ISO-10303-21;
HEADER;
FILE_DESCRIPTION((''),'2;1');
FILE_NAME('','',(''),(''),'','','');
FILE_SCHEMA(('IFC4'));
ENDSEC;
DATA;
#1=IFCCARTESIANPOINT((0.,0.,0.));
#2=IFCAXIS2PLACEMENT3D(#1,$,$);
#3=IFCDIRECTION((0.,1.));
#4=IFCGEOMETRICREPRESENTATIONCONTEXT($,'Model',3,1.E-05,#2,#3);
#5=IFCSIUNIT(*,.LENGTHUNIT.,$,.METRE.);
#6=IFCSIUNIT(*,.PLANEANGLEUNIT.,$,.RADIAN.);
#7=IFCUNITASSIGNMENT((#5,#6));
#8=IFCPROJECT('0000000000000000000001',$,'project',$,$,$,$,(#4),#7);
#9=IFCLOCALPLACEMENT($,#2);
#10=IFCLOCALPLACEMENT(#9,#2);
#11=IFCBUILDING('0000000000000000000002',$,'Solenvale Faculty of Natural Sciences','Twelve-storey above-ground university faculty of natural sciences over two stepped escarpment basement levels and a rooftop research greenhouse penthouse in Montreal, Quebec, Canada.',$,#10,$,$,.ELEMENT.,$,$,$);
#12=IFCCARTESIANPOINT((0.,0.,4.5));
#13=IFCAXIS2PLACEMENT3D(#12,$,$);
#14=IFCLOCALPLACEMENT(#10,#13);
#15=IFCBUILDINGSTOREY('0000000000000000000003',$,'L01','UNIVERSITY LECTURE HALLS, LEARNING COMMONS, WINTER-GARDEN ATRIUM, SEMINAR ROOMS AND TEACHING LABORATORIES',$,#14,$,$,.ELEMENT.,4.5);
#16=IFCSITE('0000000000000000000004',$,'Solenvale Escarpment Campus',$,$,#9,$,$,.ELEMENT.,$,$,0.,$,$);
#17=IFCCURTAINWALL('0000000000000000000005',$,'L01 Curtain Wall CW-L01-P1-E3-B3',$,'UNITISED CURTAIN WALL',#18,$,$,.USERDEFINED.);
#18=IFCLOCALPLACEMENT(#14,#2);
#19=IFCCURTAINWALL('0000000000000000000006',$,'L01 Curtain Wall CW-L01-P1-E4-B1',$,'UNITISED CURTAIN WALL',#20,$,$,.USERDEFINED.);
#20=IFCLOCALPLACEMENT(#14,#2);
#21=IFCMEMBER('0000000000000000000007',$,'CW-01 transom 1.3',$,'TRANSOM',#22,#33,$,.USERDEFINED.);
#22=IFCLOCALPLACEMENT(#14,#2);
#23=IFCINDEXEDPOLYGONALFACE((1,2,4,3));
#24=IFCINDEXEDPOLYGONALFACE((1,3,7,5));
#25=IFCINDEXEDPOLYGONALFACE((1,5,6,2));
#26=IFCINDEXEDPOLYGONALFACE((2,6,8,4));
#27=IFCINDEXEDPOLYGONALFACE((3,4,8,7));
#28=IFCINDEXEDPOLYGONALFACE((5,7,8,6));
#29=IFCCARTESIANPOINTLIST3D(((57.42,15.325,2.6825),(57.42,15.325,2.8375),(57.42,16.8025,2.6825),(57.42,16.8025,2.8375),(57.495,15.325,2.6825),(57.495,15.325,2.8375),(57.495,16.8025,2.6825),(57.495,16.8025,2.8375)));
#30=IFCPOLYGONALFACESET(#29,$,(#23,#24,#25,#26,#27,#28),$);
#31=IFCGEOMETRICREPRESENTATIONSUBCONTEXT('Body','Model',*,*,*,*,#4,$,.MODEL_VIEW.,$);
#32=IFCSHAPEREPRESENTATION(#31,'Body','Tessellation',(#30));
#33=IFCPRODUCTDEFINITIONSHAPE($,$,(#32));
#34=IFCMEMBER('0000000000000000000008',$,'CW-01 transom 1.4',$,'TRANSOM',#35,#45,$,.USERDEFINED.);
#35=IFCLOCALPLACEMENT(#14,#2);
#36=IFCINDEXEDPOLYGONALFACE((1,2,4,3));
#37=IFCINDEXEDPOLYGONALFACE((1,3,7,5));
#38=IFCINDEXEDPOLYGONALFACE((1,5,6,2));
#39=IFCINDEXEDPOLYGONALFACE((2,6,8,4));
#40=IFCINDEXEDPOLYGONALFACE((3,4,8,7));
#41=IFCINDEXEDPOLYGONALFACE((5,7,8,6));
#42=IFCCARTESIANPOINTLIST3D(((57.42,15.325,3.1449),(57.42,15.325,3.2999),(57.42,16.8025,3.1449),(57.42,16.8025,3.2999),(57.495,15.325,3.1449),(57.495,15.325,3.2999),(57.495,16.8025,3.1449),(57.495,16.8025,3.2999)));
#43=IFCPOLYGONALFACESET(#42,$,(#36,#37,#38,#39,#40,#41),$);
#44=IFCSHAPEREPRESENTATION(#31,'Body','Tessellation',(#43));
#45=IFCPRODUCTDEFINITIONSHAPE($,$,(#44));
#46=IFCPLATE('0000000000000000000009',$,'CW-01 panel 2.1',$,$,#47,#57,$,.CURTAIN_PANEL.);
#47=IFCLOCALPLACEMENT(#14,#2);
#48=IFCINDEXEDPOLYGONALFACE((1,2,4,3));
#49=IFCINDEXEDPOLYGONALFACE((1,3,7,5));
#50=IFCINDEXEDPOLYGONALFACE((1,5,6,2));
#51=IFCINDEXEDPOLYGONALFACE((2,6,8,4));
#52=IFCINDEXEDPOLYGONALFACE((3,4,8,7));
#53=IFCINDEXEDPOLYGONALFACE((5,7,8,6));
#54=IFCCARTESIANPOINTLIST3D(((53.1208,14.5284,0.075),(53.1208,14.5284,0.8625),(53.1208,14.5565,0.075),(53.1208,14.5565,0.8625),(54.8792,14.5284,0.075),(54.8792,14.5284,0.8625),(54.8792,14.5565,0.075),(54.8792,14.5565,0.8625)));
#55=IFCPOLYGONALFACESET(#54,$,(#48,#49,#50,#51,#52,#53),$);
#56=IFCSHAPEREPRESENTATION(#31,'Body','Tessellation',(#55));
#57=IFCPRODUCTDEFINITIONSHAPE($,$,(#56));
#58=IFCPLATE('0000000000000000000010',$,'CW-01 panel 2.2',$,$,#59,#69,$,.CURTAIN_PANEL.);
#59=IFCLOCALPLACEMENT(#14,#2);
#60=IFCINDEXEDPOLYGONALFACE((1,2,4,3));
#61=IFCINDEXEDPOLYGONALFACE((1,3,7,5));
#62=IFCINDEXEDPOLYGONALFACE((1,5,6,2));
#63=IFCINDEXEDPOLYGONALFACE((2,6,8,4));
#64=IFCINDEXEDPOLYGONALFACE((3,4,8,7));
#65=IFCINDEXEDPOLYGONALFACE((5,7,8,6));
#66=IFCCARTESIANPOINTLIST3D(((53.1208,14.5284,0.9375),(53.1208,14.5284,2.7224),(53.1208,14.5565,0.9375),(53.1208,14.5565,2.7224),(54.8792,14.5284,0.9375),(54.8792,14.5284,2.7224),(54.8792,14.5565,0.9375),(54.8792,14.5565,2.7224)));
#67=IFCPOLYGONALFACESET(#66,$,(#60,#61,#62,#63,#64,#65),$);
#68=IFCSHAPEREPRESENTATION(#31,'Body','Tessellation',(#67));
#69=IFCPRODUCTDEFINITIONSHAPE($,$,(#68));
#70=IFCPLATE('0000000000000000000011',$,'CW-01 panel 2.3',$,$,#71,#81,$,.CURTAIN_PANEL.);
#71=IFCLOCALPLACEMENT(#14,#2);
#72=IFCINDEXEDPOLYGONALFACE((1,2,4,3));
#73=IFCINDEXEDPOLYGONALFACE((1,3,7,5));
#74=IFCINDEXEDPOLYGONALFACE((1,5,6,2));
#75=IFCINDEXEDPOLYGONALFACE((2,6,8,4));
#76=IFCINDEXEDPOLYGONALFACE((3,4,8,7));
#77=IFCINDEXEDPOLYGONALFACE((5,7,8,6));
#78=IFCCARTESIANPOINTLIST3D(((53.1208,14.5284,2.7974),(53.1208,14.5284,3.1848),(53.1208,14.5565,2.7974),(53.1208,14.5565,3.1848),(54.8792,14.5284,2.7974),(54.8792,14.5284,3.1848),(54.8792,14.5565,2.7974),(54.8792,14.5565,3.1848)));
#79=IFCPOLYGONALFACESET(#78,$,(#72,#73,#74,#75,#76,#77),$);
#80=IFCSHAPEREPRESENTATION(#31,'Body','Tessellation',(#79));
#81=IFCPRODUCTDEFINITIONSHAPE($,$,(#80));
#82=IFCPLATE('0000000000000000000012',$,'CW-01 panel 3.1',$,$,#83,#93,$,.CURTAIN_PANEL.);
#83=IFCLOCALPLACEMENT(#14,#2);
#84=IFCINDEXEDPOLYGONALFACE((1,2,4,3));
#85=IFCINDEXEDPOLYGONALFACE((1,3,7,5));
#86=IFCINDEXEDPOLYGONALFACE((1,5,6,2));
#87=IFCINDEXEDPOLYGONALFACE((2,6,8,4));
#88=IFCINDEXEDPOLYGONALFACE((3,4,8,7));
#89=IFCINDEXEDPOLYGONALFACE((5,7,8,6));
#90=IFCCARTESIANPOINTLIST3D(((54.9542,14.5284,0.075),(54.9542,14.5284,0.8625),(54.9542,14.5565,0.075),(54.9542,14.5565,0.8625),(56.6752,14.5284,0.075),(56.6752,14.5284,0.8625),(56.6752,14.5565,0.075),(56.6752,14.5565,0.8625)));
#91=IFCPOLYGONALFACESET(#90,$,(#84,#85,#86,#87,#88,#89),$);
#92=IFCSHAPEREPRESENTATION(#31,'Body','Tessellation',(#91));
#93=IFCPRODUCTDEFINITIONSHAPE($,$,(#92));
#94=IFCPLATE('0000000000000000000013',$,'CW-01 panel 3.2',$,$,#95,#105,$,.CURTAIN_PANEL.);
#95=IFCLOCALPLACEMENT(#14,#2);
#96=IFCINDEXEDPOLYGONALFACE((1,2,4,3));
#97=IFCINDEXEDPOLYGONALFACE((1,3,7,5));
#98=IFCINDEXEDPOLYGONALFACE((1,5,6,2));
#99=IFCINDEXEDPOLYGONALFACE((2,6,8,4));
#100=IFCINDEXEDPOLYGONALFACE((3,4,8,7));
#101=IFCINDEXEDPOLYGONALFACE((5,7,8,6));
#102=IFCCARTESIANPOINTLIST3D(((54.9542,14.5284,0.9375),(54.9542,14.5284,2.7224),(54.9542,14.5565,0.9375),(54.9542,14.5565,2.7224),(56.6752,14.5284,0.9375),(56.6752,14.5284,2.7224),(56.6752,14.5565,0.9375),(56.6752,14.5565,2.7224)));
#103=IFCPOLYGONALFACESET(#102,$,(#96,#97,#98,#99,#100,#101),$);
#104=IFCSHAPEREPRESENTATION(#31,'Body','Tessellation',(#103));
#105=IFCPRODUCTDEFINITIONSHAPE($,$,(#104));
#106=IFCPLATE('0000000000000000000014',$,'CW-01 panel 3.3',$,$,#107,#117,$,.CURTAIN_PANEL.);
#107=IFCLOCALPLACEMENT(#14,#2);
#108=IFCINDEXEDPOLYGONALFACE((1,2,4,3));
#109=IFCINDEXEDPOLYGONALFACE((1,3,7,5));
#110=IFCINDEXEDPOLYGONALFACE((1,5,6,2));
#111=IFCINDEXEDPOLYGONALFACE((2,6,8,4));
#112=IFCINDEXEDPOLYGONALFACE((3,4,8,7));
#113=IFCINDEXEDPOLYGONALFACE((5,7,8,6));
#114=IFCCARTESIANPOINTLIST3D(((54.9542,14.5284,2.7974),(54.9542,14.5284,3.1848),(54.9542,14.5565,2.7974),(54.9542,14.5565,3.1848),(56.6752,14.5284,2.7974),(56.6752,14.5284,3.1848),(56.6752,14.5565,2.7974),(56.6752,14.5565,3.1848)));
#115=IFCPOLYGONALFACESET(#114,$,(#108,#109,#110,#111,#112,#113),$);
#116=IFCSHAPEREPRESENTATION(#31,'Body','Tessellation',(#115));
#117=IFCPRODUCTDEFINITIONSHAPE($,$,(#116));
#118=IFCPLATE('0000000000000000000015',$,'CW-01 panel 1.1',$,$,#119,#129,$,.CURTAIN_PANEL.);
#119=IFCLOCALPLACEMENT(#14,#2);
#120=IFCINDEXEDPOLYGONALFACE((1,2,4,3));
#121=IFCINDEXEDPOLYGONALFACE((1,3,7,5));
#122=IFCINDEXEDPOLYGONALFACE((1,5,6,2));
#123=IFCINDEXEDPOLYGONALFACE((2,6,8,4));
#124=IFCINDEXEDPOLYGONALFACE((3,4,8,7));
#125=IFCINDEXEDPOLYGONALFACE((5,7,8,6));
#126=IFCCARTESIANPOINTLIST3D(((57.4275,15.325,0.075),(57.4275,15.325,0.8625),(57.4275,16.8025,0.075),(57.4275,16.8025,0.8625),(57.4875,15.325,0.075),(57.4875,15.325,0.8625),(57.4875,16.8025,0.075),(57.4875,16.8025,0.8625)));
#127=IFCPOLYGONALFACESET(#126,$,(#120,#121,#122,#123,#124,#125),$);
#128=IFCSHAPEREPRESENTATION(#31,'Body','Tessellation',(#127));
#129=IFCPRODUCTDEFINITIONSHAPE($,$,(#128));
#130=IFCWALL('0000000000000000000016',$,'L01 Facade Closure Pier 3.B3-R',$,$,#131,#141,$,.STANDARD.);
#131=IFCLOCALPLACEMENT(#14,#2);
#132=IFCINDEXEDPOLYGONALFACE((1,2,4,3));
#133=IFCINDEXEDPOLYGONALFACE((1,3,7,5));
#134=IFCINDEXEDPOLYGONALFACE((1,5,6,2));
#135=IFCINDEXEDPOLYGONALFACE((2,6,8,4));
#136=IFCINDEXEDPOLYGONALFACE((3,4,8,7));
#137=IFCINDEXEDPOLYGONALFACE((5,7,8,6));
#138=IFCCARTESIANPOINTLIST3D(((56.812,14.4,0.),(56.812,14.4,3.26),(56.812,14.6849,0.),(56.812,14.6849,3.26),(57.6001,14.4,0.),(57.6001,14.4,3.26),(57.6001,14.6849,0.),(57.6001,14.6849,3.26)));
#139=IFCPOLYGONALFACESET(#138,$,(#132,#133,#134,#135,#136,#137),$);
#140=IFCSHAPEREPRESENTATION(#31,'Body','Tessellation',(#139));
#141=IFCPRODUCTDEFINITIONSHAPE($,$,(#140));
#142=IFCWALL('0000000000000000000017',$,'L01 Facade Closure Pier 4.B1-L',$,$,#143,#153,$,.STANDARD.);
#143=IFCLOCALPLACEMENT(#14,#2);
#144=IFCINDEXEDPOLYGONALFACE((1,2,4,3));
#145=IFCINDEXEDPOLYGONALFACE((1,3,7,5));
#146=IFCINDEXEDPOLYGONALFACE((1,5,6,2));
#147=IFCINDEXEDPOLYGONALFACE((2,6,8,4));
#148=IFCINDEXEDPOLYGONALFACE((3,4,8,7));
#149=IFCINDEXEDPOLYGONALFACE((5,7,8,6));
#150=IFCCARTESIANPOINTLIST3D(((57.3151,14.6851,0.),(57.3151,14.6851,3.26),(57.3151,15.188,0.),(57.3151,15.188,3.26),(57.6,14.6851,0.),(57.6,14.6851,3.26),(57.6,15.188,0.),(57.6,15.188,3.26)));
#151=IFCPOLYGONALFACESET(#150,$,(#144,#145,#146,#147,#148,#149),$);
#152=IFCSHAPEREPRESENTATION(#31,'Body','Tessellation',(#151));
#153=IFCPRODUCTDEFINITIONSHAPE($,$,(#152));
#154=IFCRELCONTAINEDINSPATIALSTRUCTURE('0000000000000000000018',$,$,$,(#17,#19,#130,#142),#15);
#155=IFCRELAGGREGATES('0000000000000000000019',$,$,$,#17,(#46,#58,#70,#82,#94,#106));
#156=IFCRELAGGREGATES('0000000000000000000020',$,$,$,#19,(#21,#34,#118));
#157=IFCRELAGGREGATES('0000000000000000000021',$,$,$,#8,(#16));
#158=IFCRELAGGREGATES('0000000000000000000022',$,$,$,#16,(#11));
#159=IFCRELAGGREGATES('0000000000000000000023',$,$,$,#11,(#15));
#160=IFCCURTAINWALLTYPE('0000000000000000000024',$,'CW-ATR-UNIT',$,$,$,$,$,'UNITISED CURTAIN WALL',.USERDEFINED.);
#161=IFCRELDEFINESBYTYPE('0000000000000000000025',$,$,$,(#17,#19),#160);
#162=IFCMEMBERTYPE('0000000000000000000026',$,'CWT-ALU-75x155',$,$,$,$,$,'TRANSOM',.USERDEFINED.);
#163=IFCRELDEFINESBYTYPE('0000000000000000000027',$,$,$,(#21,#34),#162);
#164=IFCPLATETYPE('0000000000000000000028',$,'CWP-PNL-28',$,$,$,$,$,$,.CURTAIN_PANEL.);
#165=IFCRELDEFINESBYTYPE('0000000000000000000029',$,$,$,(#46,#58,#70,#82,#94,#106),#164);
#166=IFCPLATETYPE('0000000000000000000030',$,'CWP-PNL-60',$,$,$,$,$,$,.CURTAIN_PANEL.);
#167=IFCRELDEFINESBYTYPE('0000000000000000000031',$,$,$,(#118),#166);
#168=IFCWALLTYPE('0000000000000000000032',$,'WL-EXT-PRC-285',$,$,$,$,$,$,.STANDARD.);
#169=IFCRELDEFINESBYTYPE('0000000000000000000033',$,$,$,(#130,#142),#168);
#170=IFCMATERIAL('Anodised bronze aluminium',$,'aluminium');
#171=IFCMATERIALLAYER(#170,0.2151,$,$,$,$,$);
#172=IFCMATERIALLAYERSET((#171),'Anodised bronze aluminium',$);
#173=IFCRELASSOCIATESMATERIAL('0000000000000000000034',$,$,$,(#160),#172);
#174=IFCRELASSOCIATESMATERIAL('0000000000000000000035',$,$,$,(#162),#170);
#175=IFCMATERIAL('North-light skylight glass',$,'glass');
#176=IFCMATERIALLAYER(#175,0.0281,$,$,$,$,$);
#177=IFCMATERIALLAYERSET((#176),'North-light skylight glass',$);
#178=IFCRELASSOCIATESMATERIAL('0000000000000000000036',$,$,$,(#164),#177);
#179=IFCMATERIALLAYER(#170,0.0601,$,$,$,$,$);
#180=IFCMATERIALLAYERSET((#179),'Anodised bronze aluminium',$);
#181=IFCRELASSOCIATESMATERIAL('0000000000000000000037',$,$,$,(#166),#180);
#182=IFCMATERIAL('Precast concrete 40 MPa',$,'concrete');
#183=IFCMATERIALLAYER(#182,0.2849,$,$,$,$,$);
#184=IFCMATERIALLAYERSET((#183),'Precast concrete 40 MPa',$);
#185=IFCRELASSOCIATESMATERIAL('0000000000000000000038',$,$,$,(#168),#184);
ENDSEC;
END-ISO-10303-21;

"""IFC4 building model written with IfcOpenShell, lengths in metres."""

from ifc_helpers import new_model, si_unit, direction, frame, frame_2d, origin, origin_2d, place, context, subcontext, project, spatial, rectangle, extrude, material, layer, layer_set, material_profile, profile_set, type_object, element, aggregate, save


model = new_model("IFC4")

# Units and contexts
model_context = context("Model", 3, precision=1e-05, world=origin(), true_north=direction((0.0, 1.0)))
body_context = subcontext(model_context, "Body", "Model", "MODEL_VIEW")
ifc_project = project(units=[si_unit("LENGTHUNIT", "METRE"), si_unit("PLANEANGLEUNIT", "RADIAN")], contexts=[model_context])

# Site, building, storey
site_placement = place(None, origin())
site = spatial("IfcSite", under=ifc_project, at=site_placement, Name="Solenvale Escarpment Campus", CompositionType="ELEMENT", RefElevation=0.0)
building_placement = place(site_placement, origin())
building = spatial("IfcBuilding", under=site, at=building_placement, Name="Solenvale Faculty of Natural Sciences", Description="Twelve-storey above-ground university faculty of natural sciences over two stepped escarpment basement levels and a rooftop research greenhouse penthouse in Montreal, Quebec, Canada.", CompositionType="ELEMENT")
storey_placement = place(building_placement, frame((0.0, 0.0, 4.5)))
storey = spatial("IfcBuildingStorey", under=building, at=storey_placement, Name="L01", Description="UNIVERSITY LECTURE HALLS, LEARNING COMMONS, WINTER-GARDEN ATRIUM, SEMINAR ROOMS AND TEACHING LABORATORIES", CompositionType="ELEMENT", Elevation=4.5)

# Curtain wall
ifc_material_1 = material(Name="Anodised bronze aluminium", Category="aluminium")
ifc_layer_1 = layer(ifc_material_1, 0.2151)
ifc_layer_set_1 = layer_set([ifc_layer_1], Name="Anodised bronze aluminium")
curtain_wall_type = type_object("IfcCurtainWallType", Name="CW-ATR-UNIT", ElementType="UNITISED CURTAIN WALL", PredefinedType="USERDEFINED", material=ifc_layer_set_1)
curtain_wall_1_placement = place(storey_placement, origin())
curtain_wall_1 = element("IfcCurtainWall", 1, at=curtain_wall_1_placement, inside=storey, type_object=curtain_wall_type, Name="L01 Curtain Wall CW-L01-P1-E3-B3", ObjectType="UNITISED CURTAIN WALL", PredefinedType="USERDEFINED")

# Curtain wall
curtain_wall_2_placement = place(storey_placement, origin())
curtain_wall_2 = element("IfcCurtainWall", 2, at=curtain_wall_2_placement, inside=storey, type_object=curtain_wall_type, Name="L01 Curtain Wall CW-L01-P1-E4-B1", ObjectType="UNITISED CURTAIN WALL", PredefinedType="USERDEFINED")

# Members
ifc_material_profile_1 = material_profile(ifc_material_1, rectangle(XDim=0.075, YDim=0.155, at=origin_2d()), Name="ALU-TRN-75x155")
ifc_profile_set_1 = profile_set([ifc_material_profile_1], Name="Anodised bronze aluminium")
member_type_1 = type_object("IfcMemberType", Name="CWT-ALU-75x155", ElementType="TRANSOM", PredefinedType="USERDEFINED", material=ifc_profile_set_1)
member_1_placement = place(storey_placement, frame((57.4575, 15.325, 2.76), z_axis=(0.0, 1.0, 0.0), x_axis=(-1.0, 0.0, 0.0)))
member_1 = element("IfcMember", 3, at=member_1_placement, type_object=member_type_1, Name="CW-01 transom 1.3", ObjectType="TRANSOM", PredefinedType="USERDEFINED", context=body_context, shape_type="SweptSolid", body=[
    extrude(rectangle(XDim=0.075, YDim=0.155, at=origin_2d()), origin(), (0.0, 0.0, 1.0), 1.4775),
])
member_2_placement = place(storey_placement, frame((57.4575, 15.325, 3.2224), z_axis=(0.0, 1.0, 0.0), x_axis=(-1.0, 0.0, 0.0)))
member_2 = element("IfcMember", 4, at=member_2_placement, type_object=member_type_1, Name="CW-01 transom 1.4", ObjectType="TRANSOM", PredefinedType="USERDEFINED", context=body_context, shape_type="SweptSolid", body=[
    extrude(rectangle(XDim=0.075, YDim=0.155, at=origin_2d()), origin(), (0.0, 0.0, 1.0), 1.4775),
])

# Plates
ifc_material_2 = material(Name="North-light skylight glass", Category="glass")
ifc_layer_2 = layer(ifc_material_2, 0.0281)
ifc_layer_set_2 = layer_set([ifc_layer_2], Name="North-light skylight glass")
plate_type_1 = type_object("IfcPlateType", Name="CWP-PNL-28", PredefinedType="CURTAIN_PANEL", material=ifc_layer_set_2)
plate_1_placement = place(storey_placement, frame((54.0, 14.5425, 0.075), z_axis=(0.0, 0.0, 1.0), x_axis=(1.0, 0.0, 0.0)))
plate_1 = element("IfcPlate", 5, at=plate_1_placement, type_object=plate_type_1, Name="CW-01 panel 2.1", PredefinedType="CURTAIN_PANEL", context=body_context, shape_type="SweptSolid", body=[
    extrude(rectangle(XDim=1.7583, YDim=0.0281, at=origin_2d()), origin(), (0.0, 0.0, 1.0), 0.7876),
])
plate_2_placement = place(storey_placement, frame((54.0, 14.5425, 0.9375), z_axis=(0.0, 0.0, 1.0), x_axis=(1.0, 0.0, 0.0)))
plate_2 = element("IfcPlate", 6, at=plate_2_placement, type_object=plate_type_1, Name="CW-01 panel 2.2", PredefinedType="CURTAIN_PANEL", context=body_context, shape_type="SweptSolid", body=[
    extrude(rectangle(XDim=1.7583, YDim=0.0281, at=origin_2d()), origin(), (0.0, 0.0, 1.0), 1.7849),
])
plate_3_placement = place(storey_placement, frame((54.0, 14.5425, 2.7974), z_axis=(0.0, 0.0, 1.0), x_axis=(1.0, 0.0, 0.0)))
plate_3 = element("IfcPlate", 7, at=plate_3_placement, type_object=plate_type_1, Name="CW-01 panel 2.3", PredefinedType="CURTAIN_PANEL", context=body_context, shape_type="SweptSolid", body=[
    extrude(rectangle(XDim=1.7583, YDim=0.0281, at=origin_2d()), origin(), (0.0, 0.0, 1.0), 0.3875),
])
plate_4_placement = place(storey_placement, frame((55.8147, 14.5425, 0.075), z_axis=(0.0, 0.0, 1.0), x_axis=(1.0, 0.0, 0.0)))
plate_4 = element("IfcPlate", 8, at=plate_4_placement, type_object=plate_type_1, Name="CW-01 panel 3.1", PredefinedType="CURTAIN_PANEL", context=body_context, shape_type="SweptSolid", body=[
    extrude(rectangle(XDim=1.7209, YDim=0.0281, at=origin_2d()), origin(), (0.0, 0.0, 1.0), 0.7876),
])
plate_5_placement = place(storey_placement, frame((55.8147, 14.5425, 0.9375), z_axis=(0.0, 0.0, 1.0), x_axis=(1.0, 0.0, 0.0)))
plate_5 = element("IfcPlate", 9, at=plate_5_placement, type_object=plate_type_1, Name="CW-01 panel 3.2", PredefinedType="CURTAIN_PANEL", context=body_context, shape_type="SweptSolid", body=[
    extrude(rectangle(XDim=1.7209, YDim=0.0281, at=origin_2d()), origin(), (0.0, 0.0, 1.0), 1.7849),
])
plate_6_placement = place(storey_placement, frame((55.8147, 14.5425, 2.7974), z_axis=(0.0, 0.0, 1.0), x_axis=(1.0, 0.0, 0.0)))
plate_6 = element("IfcPlate", 10, at=plate_6_placement, type_object=plate_type_1, Name="CW-01 panel 3.3", PredefinedType="CURTAIN_PANEL", context=body_context, shape_type="SweptSolid", body=[
    extrude(rectangle(XDim=1.7209, YDim=0.0281, at=origin_2d()), origin(), (0.0, 0.0, 1.0), 0.3875),
])
aggregate(curtain_wall_1, [plate_1, plate_2, plate_3, plate_4, plate_5, plate_6])
ifc_layer_3 = layer(ifc_material_1, 0.0601)
ifc_layer_set_3 = layer_set([ifc_layer_3], Name="Anodised bronze aluminium")
plate_type_2 = type_object("IfcPlateType", Name="CWP-PNL-60", PredefinedType="CURTAIN_PANEL", material=ifc_layer_set_3)
plate_7_placement = place(storey_placement, frame((57.4575, 16.0637, 0.075), z_axis=(0.0, 0.0, 1.0), x_axis=(0.0, 1.0, 0.0)))
plate_7 = element("IfcPlate", 11, at=plate_7_placement, type_object=plate_type_2, Name="CW-01 panel 1.1", PredefinedType="CURTAIN_PANEL", context=body_context, shape_type="SweptSolid", body=[
    extrude(rectangle(XDim=1.4775, YDim=0.0601, at=origin_2d()), origin(), (0.0, 0.0, 1.0), 0.7876),
])
aggregate(curtain_wall_2, [member_1, member_2, plate_7])

# Walls
ifc_material_3 = material(Name="Precast concrete 40 MPa", Category="concrete")
ifc_layer_4 = layer(ifc_material_3, 0.2849)
ifc_layer_set_4 = layer_set([ifc_layer_4], Name="Precast concrete 40 MPa")
wall_type = type_object("IfcWallType", Name="WL-EXT-PRC-285", PredefinedType="STANDARD", material=ifc_layer_set_4)
wall_1_placement = place(storey_placement, frame((56.812, 14.5425, 0.0), z_axis=(0.0, 0.0, 1.0), x_axis=(1.0, 0.0, 0.0)))
element("IfcWall", 12, at=wall_1_placement, inside=storey, type_object=wall_type, Name="L01 Facade Closure Pier 3.B3-R", PredefinedType="STANDARD", context=body_context, shape_type="SweptSolid", body=[
    extrude(rectangle(XDim=0.7881, YDim=0.2849, at=frame_2d((0.394, 0.0))), origin(), (0.0, 0.0, 1.0), 3.26),
])
wall_2_placement = place(storey_placement, frame((57.4575, 14.6851, 0.0), z_axis=(0.0, 0.0, 1.0), x_axis=(0.0, 1.0, 0.0)))
element("IfcWall", 13, at=wall_2_placement, inside=storey, type_object=wall_type, Name="L01 Facade Closure Pier 4.B1-L", PredefinedType="STANDARD", context=body_context, shape_type="SweptSolid", body=[
    extrude(rectangle(XDim=0.5029, YDim=0.2849, at=frame_2d((0.2515, 0.0))), origin(), (0.0, 0.0, 1.0), 3.26),
])

save(model, "model.ifc")
